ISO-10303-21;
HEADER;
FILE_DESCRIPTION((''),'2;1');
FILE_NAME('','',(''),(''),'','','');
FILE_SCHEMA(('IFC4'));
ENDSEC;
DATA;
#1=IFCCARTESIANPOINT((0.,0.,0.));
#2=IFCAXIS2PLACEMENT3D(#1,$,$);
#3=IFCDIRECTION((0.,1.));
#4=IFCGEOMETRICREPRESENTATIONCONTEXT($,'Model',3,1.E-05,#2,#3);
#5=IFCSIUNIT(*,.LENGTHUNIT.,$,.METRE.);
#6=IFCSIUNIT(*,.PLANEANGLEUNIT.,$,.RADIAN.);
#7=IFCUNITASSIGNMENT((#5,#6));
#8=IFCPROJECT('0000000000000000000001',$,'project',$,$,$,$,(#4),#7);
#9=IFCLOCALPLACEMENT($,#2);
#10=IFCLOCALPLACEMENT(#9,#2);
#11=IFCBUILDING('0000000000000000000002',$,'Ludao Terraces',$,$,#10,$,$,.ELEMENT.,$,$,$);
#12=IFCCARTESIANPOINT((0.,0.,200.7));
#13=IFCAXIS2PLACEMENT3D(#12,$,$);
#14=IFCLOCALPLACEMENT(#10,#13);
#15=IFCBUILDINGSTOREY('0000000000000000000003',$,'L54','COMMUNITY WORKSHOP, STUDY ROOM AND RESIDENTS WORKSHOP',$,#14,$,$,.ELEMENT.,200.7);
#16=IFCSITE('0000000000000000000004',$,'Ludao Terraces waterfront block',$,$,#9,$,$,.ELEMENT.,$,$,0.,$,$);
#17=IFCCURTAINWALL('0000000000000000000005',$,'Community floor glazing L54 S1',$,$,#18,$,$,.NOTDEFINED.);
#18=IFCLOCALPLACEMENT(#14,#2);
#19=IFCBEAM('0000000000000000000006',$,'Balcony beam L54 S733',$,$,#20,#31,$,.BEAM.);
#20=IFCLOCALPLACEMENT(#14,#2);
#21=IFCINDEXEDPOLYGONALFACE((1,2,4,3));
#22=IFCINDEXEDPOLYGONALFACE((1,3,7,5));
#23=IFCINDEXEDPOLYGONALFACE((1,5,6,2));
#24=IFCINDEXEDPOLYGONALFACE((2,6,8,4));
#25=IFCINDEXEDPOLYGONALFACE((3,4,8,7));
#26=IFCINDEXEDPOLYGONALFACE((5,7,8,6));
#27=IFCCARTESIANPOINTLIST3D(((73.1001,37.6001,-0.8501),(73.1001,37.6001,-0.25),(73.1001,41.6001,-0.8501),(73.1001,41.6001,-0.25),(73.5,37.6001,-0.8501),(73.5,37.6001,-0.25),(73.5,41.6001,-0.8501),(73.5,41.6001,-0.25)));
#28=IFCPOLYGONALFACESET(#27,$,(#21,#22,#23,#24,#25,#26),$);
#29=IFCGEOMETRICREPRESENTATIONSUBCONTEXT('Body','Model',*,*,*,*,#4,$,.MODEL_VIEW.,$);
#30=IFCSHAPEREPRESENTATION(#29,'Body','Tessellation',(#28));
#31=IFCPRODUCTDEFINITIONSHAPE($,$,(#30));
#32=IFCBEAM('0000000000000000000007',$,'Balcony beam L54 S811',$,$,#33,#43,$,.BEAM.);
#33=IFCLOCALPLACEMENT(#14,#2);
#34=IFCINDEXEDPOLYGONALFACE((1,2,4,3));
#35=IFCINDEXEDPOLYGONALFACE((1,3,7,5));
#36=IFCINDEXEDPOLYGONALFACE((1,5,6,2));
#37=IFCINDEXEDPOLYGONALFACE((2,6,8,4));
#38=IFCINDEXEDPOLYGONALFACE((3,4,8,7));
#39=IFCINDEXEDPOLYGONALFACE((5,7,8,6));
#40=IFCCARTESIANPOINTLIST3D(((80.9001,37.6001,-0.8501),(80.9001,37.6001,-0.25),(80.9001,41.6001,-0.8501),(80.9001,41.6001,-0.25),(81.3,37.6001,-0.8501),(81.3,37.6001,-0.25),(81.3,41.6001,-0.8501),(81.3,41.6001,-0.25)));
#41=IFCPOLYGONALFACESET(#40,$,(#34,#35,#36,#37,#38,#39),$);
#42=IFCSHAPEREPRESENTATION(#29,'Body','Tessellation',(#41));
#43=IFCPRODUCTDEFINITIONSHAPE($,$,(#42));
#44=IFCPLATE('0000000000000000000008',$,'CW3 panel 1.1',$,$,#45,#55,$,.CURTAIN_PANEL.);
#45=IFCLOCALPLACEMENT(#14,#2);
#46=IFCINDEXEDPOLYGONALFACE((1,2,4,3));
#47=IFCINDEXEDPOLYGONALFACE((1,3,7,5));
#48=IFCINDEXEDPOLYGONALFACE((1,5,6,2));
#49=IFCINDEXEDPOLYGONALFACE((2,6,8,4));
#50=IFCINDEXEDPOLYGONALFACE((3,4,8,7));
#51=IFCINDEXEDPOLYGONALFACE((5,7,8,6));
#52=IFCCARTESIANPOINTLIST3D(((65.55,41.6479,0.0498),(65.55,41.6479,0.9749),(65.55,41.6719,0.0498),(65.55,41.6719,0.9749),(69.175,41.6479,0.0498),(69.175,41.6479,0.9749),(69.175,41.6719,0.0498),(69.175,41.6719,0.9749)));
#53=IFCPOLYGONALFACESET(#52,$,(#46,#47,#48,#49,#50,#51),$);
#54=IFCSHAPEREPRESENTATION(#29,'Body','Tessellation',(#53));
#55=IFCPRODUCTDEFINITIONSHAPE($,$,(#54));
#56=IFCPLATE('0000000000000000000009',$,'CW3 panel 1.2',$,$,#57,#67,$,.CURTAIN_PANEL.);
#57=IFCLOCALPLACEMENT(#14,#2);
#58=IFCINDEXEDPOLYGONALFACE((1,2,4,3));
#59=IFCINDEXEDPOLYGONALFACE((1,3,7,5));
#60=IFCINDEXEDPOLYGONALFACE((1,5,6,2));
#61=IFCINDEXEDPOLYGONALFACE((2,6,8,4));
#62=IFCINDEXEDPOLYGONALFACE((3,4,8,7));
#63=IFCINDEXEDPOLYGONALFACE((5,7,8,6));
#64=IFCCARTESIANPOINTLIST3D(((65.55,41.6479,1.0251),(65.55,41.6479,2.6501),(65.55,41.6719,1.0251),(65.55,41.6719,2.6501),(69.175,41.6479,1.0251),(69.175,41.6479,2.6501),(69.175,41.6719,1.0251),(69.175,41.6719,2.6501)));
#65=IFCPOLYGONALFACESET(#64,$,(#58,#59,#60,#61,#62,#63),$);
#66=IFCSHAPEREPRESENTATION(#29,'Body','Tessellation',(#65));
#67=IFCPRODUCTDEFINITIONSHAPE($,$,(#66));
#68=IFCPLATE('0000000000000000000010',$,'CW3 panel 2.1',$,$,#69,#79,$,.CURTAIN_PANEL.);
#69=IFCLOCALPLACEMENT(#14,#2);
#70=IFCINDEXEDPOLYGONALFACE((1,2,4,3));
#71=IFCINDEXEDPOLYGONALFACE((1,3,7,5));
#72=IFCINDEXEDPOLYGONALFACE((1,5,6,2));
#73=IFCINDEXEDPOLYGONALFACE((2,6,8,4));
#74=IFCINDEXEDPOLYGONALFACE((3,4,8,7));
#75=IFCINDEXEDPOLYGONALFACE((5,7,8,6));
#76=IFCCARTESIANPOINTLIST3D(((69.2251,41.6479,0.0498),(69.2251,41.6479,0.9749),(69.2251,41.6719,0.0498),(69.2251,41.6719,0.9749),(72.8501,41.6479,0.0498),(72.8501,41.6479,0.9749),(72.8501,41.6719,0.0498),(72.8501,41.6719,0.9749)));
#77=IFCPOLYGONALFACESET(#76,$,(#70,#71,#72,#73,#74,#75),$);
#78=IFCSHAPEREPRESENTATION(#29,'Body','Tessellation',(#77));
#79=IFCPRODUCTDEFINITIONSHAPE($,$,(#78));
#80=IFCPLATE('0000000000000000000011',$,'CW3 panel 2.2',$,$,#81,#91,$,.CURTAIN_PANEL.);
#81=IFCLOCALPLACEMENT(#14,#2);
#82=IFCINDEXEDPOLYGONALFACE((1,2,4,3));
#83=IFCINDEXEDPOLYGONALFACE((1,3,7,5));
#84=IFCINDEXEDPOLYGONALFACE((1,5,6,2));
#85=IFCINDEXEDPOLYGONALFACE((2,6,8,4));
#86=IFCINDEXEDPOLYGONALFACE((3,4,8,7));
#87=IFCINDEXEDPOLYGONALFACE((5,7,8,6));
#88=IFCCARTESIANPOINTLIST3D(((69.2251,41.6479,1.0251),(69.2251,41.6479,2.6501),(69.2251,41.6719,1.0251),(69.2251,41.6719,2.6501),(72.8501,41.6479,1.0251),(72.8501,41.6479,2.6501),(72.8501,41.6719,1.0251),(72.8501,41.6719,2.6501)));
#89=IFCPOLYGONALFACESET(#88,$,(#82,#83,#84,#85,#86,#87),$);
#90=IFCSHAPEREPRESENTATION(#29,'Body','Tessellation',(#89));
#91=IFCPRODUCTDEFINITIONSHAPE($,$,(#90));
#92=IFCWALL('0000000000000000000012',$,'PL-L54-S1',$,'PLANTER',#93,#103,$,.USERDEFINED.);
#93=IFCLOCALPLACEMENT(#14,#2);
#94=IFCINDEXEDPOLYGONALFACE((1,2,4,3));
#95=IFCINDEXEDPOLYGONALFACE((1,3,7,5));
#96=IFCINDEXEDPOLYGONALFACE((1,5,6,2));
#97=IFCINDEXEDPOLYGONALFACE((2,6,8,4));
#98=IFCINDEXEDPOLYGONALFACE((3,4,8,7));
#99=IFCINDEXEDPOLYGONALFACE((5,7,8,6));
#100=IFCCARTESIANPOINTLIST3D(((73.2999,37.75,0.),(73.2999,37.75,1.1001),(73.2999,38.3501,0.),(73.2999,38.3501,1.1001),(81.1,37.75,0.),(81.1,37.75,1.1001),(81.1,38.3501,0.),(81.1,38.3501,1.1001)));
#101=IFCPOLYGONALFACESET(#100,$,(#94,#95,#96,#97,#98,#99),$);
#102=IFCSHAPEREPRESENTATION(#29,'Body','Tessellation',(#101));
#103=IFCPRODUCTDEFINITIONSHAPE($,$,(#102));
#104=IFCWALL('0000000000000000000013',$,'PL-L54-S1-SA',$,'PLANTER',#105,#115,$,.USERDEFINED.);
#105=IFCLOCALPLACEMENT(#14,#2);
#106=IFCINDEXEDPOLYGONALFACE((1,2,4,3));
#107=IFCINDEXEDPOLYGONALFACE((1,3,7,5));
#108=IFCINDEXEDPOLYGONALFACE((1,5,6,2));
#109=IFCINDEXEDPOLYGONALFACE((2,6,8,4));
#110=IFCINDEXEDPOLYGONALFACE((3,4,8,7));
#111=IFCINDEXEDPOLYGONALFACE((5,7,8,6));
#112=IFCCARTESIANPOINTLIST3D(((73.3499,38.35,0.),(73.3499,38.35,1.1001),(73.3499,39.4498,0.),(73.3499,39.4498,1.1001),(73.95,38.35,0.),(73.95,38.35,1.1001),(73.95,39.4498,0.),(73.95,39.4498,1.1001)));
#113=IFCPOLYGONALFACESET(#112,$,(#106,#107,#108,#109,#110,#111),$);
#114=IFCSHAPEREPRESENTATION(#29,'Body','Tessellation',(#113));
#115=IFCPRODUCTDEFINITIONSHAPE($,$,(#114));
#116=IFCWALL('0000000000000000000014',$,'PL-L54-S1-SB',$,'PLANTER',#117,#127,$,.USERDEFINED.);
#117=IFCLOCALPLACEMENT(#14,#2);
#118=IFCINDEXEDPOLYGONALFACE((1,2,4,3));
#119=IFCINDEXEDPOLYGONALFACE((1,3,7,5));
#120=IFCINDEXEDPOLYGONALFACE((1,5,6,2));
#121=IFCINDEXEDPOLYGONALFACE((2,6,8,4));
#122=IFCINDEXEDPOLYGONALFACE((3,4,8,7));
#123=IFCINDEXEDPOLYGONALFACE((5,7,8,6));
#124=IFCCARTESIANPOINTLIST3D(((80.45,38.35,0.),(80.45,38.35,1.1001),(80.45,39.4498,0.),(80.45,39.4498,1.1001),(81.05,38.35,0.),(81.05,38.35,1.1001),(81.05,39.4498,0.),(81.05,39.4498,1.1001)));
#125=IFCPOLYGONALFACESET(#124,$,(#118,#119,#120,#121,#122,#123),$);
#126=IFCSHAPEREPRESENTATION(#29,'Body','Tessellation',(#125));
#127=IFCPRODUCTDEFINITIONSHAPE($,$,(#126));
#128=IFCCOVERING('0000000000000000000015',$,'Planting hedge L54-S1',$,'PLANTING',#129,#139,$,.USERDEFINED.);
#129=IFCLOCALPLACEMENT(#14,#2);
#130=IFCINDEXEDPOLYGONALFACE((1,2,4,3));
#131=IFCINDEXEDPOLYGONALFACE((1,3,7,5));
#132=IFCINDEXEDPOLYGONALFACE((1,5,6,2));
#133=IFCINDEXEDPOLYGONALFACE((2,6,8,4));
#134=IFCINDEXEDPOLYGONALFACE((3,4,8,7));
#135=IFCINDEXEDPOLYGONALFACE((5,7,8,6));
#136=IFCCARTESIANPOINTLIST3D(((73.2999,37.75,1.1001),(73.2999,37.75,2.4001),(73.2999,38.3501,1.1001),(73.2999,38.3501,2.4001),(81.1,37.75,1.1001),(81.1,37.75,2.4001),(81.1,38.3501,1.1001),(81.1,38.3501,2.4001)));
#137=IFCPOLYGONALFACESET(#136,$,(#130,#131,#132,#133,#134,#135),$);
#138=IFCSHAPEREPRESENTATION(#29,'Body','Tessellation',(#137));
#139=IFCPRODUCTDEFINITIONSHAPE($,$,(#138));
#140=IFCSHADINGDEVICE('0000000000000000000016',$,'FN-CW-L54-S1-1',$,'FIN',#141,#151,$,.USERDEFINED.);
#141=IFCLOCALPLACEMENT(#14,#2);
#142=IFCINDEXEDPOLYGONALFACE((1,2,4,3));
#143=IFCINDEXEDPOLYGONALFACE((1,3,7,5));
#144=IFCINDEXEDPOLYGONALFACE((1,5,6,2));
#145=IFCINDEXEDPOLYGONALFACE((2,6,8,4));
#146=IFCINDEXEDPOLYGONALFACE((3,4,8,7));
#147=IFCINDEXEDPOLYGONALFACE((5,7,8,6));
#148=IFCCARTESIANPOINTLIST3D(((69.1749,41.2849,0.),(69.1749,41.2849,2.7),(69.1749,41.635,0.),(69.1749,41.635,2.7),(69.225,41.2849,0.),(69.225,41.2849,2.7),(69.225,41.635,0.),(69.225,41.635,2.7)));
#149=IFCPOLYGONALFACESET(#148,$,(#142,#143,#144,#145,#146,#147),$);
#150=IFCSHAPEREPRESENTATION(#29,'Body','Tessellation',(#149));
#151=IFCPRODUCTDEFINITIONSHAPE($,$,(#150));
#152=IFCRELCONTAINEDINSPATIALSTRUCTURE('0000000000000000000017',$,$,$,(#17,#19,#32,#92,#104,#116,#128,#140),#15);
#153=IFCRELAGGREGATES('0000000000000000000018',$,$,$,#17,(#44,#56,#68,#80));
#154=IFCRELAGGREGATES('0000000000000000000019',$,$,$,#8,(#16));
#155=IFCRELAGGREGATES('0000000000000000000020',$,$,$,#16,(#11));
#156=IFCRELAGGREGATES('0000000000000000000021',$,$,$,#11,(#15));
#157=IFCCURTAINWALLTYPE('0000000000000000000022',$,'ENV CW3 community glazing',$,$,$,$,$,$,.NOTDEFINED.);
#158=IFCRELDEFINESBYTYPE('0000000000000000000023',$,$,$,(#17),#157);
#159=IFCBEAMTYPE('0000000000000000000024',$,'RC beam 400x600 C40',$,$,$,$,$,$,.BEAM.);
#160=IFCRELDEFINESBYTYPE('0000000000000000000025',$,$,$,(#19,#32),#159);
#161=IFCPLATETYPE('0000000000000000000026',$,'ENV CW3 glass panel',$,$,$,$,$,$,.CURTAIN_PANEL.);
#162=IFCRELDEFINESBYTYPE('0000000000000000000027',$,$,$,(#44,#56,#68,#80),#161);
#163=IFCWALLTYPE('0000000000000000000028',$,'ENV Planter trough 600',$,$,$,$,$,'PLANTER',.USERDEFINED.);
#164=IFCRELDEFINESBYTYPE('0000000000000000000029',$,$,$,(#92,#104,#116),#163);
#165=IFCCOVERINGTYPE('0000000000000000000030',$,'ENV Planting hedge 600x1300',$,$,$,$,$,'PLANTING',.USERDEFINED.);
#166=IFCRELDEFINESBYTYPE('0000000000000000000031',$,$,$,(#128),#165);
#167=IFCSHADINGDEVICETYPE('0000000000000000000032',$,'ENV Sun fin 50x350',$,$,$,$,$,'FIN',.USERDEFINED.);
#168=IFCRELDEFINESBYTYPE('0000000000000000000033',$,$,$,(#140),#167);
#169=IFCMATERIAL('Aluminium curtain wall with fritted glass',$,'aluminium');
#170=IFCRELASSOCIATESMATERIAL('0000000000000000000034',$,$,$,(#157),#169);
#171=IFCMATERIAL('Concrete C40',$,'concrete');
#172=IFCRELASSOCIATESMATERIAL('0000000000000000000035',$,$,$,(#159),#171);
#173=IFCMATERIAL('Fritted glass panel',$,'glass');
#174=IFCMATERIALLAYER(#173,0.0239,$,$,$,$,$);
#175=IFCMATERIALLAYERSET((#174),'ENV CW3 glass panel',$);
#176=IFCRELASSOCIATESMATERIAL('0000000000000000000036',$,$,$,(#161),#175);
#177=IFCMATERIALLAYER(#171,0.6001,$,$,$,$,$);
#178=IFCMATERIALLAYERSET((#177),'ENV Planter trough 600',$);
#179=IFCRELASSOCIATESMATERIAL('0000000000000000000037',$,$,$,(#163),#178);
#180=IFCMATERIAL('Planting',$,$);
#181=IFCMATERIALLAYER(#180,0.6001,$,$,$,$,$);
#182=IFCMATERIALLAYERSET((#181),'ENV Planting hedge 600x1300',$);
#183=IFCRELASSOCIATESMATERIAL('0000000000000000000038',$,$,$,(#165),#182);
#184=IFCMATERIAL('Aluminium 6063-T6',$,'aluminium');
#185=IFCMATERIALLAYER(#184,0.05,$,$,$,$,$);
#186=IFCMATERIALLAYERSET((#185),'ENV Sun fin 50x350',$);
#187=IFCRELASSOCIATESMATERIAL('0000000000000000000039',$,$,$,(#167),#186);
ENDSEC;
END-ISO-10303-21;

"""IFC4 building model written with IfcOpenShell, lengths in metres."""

from ifc_helpers import new_model, si_unit, direction, frame, frame_2d, origin, origin_2d, place, context, subcontext, project, spatial, rectangle, extrude, material, layer, layer_set, material_profile, profile_set, type_object, element, aggregate, save


model = new_model("IFC4")

# Units and contexts
model_context = context("Model", 3, precision=1e-05, world=origin(), true_north=direction((0.0, 1.0)))
body_context = subcontext(model_context, "Body", "Model", "MODEL_VIEW")
ifc_project = project(units=[si_unit("LENGTHUNIT", "METRE"), si_unit("PLANEANGLEUNIT", "RADIAN")], contexts=[model_context])

# Site, building, storey
site_placement = place(None, origin())
site = spatial("IfcSite", under=ifc_project, at=site_placement, Name="Ludao Terraces waterfront block", CompositionType="ELEMENT", RefElevation=0.0)
building_placement = place(site_placement, origin())
building = spatial("IfcBuilding", under=site, at=building_placement, Name="Ludao Terraces", CompositionType="ELEMENT")
storey_placement = place(building_placement, frame((0.0, 0.0, 200.7)))
storey = spatial("IfcBuildingStorey", under=building, at=storey_placement, Name="L54", Description="COMMUNITY WORKSHOP, STUDY ROOM AND RESIDENTS WORKSHOP", CompositionType="ELEMENT", Elevation=200.7)

# Curtain wall
ifc_material_1 = material(Name="Aluminium curtain wall with fritted glass", Category="aluminium")
curtain_wall_type = type_object("IfcCurtainWallType", Name="ENV CW3 community glazing", PredefinedType="NOTDEFINED", material=ifc_material_1)
curtain_wall_placement = place(storey_placement, origin())
curtain_wall = element("IfcCurtainWall", 1, at=curtain_wall_placement, inside=storey, type_object=curtain_wall_type, Name="Community floor glazing L54 S1", PredefinedType="NOTDEFINED")
ifc_material_2 = material(Name="Aluminium 6063-T6", Category="aluminium")

# Beams
ifc_material_3 = material(Name="Concrete C40", Category="concrete")
ifc_material_profile_1 = material_profile(ifc_material_3, rectangle(XDim=0.3999, YDim=0.6001, at=origin_2d()), Name="400 X 600")
ifc_profile_set_1 = profile_set([ifc_material_profile_1], Name="Concrete C40")
beam_type_1 = type_object("IfcBeamType", Name="RC beam 400x600 C40", PredefinedType="BEAM", material=ifc_profile_set_1)
for number, where, z_axis, x_axis, name in (
    (2, (73.3, 41.6001, -0.55), (0.0, -1.0, 0.0), (1.0, 0.0, 0.0), "Balcony beam L54 S733"),
    (3, (81.1001, 41.6001, -0.55), (0.0, -1.0, 0.0), (1.0, 0.0, 0.0), "Balcony beam L54 S811"),
):
    element("IfcBeam", number, at=place(storey_placement, frame(where, z_axis=z_axis, x_axis=x_axis)), inside=storey, type_object=beam_type_1, Name=name, PredefinedType="BEAM", context=body_context, shape_type="SweptSolid", body=[
        extrude(rectangle(XDim=0.3999, YDim=0.6001, at=origin_2d()), origin(), (0.0, 0.0, 1.0), 4.0),
    ])

# Plates
ifc_material_4 = material(Name="Fritted glass panel", Category="glass")
ifc_layer_1 = layer(ifc_material_4, 0.0239)
ifc_layer_set_1 = layer_set([ifc_layer_1], Name="ENV CW3 glass panel")
plate_type = type_object("IfcPlateType", Name="ENV CW3 glass panel", PredefinedType="CURTAIN_PANEL", material=ifc_layer_set_1)
plate_1_placement = place(storey_placement, frame((67.3625, 41.6599, 0.0498), z_axis=(0.0, 0.0, 1.0), x_axis=(1.0, 0.0, 0.0)))
plate_1 = element("IfcPlate", 4, at=plate_1_placement, type_object=plate_type, Name="CW3 panel 1.1", PredefinedType="CURTAIN_PANEL", context=body_context, shape_type="SweptSolid", body=[
    extrude(rectangle(XDim=3.625, YDim=0.0239, at=origin_2d()), origin(), (0.0, 0.0, 1.0), 0.925),
])
plate_2_placement = place(storey_placement, frame((67.3625, 41.6599, 1.0251), z_axis=(0.0, 0.0, 1.0), x_axis=(1.0, 0.0, 0.0)))
plate_2 = element("IfcPlate", 5, at=plate_2_placement, type_object=plate_type, Name="CW3 panel 1.2", PredefinedType="CURTAIN_PANEL", context=body_context, shape_type="SweptSolid", body=[
    extrude(rectangle(XDim=3.625, YDim=0.0239, at=origin_2d()), origin(), (0.0, 0.0, 1.0), 1.625),
])
plate_3_placement = place(storey_placement, frame((71.0376, 41.6599, 0.0498), z_axis=(0.0, 0.0, 1.0), x_axis=(1.0, 0.0, 0.0)))
plate_3 = element("IfcPlate", 6, at=plate_3_placement, type_object=plate_type, Name="CW3 panel 2.1", PredefinedType="CURTAIN_PANEL", context=body_context, shape_type="SweptSolid", body=[
    extrude(rectangle(XDim=3.625, YDim=0.0239, at=origin_2d()), origin(), (0.0, 0.0, 1.0), 0.925),
])
plate_4_placement = place(storey_placement, frame((71.0376, 41.6599, 1.0251), z_axis=(0.0, 0.0, 1.0), x_axis=(1.0, 0.0, 0.0)))
plate_4 = element("IfcPlate", 7, at=plate_4_placement, type_object=plate_type, Name="CW3 panel 2.2", PredefinedType="CURTAIN_PANEL", context=body_context, shape_type="SweptSolid", body=[
    extrude(rectangle(XDim=3.625, YDim=0.0239, at=origin_2d()), origin(), (0.0, 0.0, 1.0), 1.625),
])
aggregate(curtain_wall, [plate_1, plate_2, plate_3, plate_4])

# Walls
ifc_layer_2 = layer(ifc_material_3, 0.6001)
ifc_layer_set_2 = layer_set([ifc_layer_2], Name="ENV Planter trough 600")
wall_type = type_object("IfcWallType", Name="ENV Planter trough 600", ElementType="PLANTER", PredefinedType="USERDEFINED", material=ifc_layer_set_2)
wall_placement = place(storey_placement, frame((73.3, 38.05, 0.0), z_axis=(0.0, 0.0, 1.0), x_axis=(1.0, 0.0, 0.0)))
element("IfcWall", 8, at=wall_placement, inside=storey, type_object=wall_type, Name="PL-L54-S1", ObjectType="PLANTER", PredefinedType="USERDEFINED", context=body_context, shape_type="SweptSolid", body=[
    extrude(rectangle(XDim=7.8, YDim=0.6001, at=frame_2d((3.8999, 0.0))), origin(), (0.0, 0.0, 1.0), 1.1001),
])
for number, where, z_axis, x_axis, name in (
    (9, (73.6499, 38.3501, 0.0), (0.0, 0.0, 1.0), (0.0, 1.0, 0.0), "PL-L54-S1-SA"),
    (10, (80.75, 38.3501, 0.0), (0.0, 0.0, 1.0), (0.0, 1.0, 0.0), "PL-L54-S1-SB"),
):
    element("IfcWall", number, at=place(storey_placement, frame(where, z_axis=z_axis, x_axis=x_axis)), inside=storey, type_object=wall_type, Name=name, ObjectType="PLANTER", PredefinedType="USERDEFINED", context=body_context, shape_type="SweptSolid", body=[
        extrude(rectangle(XDim=1.0999, YDim=0.6001, at=frame_2d((0.5498, 0.0))), origin(), (0.0, 0.0, 1.0), 1.1001),
    ])

# Covering
ifc_material_5 = material(Name="Planting")
ifc_layer_3 = layer(ifc_material_5, 0.6001)
ifc_layer_set_3 = layer_set([ifc_layer_3], Name="ENV Planting hedge 600x1300")
covering_type = type_object("IfcCoveringType", Name="ENV Planting hedge 600x1300", ElementType="PLANTING", PredefinedType="USERDEFINED", material=ifc_layer_set_3)
covering_placement = place(storey_placement, frame((77.2, 38.05, 1.1001), z_axis=(0.0, 0.0, 1.0), x_axis=(1.0, 0.0, 0.0)))
element("IfcCovering", 11, at=covering_placement, inside=storey, type_object=covering_type, Name="Planting hedge L54-S1", ObjectType="PLANTING", PredefinedType="USERDEFINED", context=body_context, shape_type="SweptSolid", body=[
    extrude(rectangle(XDim=7.8, YDim=0.6001, at=origin_2d()), origin(), (0.0, 0.0, 1.0), 1.3),
])

# Shading device
ifc_layer_4 = layer(ifc_material_2, 0.05)
ifc_layer_set_4 = layer_set([ifc_layer_4], Name="ENV Sun fin 50x350")
shading_device_type = type_object("IfcShadingDeviceType", Name="ENV Sun fin 50x350", ElementType="FIN", PredefinedType="USERDEFINED", material=ifc_layer_set_4)
shading_device_placement = place(storey_placement, frame((69.2, 41.46, 0.0), z_axis=(0.0, 0.0, 1.0), x_axis=(1.0, 0.0, 0.0)))
element("IfcShadingDevice", 12, at=shading_device_placement, inside=storey, type_object=shading_device_type, Name="FN-CW-L54-S1-1", ObjectType="FIN", PredefinedType="USERDEFINED", context=body_context, shape_type="SweptSolid", body=[
    extrude(rectangle(XDim=0.05, YDim=0.3501, at=origin_2d()), origin(), (0.0, 0.0, 1.0), 2.7),
])

save(model, "model.ifc")
